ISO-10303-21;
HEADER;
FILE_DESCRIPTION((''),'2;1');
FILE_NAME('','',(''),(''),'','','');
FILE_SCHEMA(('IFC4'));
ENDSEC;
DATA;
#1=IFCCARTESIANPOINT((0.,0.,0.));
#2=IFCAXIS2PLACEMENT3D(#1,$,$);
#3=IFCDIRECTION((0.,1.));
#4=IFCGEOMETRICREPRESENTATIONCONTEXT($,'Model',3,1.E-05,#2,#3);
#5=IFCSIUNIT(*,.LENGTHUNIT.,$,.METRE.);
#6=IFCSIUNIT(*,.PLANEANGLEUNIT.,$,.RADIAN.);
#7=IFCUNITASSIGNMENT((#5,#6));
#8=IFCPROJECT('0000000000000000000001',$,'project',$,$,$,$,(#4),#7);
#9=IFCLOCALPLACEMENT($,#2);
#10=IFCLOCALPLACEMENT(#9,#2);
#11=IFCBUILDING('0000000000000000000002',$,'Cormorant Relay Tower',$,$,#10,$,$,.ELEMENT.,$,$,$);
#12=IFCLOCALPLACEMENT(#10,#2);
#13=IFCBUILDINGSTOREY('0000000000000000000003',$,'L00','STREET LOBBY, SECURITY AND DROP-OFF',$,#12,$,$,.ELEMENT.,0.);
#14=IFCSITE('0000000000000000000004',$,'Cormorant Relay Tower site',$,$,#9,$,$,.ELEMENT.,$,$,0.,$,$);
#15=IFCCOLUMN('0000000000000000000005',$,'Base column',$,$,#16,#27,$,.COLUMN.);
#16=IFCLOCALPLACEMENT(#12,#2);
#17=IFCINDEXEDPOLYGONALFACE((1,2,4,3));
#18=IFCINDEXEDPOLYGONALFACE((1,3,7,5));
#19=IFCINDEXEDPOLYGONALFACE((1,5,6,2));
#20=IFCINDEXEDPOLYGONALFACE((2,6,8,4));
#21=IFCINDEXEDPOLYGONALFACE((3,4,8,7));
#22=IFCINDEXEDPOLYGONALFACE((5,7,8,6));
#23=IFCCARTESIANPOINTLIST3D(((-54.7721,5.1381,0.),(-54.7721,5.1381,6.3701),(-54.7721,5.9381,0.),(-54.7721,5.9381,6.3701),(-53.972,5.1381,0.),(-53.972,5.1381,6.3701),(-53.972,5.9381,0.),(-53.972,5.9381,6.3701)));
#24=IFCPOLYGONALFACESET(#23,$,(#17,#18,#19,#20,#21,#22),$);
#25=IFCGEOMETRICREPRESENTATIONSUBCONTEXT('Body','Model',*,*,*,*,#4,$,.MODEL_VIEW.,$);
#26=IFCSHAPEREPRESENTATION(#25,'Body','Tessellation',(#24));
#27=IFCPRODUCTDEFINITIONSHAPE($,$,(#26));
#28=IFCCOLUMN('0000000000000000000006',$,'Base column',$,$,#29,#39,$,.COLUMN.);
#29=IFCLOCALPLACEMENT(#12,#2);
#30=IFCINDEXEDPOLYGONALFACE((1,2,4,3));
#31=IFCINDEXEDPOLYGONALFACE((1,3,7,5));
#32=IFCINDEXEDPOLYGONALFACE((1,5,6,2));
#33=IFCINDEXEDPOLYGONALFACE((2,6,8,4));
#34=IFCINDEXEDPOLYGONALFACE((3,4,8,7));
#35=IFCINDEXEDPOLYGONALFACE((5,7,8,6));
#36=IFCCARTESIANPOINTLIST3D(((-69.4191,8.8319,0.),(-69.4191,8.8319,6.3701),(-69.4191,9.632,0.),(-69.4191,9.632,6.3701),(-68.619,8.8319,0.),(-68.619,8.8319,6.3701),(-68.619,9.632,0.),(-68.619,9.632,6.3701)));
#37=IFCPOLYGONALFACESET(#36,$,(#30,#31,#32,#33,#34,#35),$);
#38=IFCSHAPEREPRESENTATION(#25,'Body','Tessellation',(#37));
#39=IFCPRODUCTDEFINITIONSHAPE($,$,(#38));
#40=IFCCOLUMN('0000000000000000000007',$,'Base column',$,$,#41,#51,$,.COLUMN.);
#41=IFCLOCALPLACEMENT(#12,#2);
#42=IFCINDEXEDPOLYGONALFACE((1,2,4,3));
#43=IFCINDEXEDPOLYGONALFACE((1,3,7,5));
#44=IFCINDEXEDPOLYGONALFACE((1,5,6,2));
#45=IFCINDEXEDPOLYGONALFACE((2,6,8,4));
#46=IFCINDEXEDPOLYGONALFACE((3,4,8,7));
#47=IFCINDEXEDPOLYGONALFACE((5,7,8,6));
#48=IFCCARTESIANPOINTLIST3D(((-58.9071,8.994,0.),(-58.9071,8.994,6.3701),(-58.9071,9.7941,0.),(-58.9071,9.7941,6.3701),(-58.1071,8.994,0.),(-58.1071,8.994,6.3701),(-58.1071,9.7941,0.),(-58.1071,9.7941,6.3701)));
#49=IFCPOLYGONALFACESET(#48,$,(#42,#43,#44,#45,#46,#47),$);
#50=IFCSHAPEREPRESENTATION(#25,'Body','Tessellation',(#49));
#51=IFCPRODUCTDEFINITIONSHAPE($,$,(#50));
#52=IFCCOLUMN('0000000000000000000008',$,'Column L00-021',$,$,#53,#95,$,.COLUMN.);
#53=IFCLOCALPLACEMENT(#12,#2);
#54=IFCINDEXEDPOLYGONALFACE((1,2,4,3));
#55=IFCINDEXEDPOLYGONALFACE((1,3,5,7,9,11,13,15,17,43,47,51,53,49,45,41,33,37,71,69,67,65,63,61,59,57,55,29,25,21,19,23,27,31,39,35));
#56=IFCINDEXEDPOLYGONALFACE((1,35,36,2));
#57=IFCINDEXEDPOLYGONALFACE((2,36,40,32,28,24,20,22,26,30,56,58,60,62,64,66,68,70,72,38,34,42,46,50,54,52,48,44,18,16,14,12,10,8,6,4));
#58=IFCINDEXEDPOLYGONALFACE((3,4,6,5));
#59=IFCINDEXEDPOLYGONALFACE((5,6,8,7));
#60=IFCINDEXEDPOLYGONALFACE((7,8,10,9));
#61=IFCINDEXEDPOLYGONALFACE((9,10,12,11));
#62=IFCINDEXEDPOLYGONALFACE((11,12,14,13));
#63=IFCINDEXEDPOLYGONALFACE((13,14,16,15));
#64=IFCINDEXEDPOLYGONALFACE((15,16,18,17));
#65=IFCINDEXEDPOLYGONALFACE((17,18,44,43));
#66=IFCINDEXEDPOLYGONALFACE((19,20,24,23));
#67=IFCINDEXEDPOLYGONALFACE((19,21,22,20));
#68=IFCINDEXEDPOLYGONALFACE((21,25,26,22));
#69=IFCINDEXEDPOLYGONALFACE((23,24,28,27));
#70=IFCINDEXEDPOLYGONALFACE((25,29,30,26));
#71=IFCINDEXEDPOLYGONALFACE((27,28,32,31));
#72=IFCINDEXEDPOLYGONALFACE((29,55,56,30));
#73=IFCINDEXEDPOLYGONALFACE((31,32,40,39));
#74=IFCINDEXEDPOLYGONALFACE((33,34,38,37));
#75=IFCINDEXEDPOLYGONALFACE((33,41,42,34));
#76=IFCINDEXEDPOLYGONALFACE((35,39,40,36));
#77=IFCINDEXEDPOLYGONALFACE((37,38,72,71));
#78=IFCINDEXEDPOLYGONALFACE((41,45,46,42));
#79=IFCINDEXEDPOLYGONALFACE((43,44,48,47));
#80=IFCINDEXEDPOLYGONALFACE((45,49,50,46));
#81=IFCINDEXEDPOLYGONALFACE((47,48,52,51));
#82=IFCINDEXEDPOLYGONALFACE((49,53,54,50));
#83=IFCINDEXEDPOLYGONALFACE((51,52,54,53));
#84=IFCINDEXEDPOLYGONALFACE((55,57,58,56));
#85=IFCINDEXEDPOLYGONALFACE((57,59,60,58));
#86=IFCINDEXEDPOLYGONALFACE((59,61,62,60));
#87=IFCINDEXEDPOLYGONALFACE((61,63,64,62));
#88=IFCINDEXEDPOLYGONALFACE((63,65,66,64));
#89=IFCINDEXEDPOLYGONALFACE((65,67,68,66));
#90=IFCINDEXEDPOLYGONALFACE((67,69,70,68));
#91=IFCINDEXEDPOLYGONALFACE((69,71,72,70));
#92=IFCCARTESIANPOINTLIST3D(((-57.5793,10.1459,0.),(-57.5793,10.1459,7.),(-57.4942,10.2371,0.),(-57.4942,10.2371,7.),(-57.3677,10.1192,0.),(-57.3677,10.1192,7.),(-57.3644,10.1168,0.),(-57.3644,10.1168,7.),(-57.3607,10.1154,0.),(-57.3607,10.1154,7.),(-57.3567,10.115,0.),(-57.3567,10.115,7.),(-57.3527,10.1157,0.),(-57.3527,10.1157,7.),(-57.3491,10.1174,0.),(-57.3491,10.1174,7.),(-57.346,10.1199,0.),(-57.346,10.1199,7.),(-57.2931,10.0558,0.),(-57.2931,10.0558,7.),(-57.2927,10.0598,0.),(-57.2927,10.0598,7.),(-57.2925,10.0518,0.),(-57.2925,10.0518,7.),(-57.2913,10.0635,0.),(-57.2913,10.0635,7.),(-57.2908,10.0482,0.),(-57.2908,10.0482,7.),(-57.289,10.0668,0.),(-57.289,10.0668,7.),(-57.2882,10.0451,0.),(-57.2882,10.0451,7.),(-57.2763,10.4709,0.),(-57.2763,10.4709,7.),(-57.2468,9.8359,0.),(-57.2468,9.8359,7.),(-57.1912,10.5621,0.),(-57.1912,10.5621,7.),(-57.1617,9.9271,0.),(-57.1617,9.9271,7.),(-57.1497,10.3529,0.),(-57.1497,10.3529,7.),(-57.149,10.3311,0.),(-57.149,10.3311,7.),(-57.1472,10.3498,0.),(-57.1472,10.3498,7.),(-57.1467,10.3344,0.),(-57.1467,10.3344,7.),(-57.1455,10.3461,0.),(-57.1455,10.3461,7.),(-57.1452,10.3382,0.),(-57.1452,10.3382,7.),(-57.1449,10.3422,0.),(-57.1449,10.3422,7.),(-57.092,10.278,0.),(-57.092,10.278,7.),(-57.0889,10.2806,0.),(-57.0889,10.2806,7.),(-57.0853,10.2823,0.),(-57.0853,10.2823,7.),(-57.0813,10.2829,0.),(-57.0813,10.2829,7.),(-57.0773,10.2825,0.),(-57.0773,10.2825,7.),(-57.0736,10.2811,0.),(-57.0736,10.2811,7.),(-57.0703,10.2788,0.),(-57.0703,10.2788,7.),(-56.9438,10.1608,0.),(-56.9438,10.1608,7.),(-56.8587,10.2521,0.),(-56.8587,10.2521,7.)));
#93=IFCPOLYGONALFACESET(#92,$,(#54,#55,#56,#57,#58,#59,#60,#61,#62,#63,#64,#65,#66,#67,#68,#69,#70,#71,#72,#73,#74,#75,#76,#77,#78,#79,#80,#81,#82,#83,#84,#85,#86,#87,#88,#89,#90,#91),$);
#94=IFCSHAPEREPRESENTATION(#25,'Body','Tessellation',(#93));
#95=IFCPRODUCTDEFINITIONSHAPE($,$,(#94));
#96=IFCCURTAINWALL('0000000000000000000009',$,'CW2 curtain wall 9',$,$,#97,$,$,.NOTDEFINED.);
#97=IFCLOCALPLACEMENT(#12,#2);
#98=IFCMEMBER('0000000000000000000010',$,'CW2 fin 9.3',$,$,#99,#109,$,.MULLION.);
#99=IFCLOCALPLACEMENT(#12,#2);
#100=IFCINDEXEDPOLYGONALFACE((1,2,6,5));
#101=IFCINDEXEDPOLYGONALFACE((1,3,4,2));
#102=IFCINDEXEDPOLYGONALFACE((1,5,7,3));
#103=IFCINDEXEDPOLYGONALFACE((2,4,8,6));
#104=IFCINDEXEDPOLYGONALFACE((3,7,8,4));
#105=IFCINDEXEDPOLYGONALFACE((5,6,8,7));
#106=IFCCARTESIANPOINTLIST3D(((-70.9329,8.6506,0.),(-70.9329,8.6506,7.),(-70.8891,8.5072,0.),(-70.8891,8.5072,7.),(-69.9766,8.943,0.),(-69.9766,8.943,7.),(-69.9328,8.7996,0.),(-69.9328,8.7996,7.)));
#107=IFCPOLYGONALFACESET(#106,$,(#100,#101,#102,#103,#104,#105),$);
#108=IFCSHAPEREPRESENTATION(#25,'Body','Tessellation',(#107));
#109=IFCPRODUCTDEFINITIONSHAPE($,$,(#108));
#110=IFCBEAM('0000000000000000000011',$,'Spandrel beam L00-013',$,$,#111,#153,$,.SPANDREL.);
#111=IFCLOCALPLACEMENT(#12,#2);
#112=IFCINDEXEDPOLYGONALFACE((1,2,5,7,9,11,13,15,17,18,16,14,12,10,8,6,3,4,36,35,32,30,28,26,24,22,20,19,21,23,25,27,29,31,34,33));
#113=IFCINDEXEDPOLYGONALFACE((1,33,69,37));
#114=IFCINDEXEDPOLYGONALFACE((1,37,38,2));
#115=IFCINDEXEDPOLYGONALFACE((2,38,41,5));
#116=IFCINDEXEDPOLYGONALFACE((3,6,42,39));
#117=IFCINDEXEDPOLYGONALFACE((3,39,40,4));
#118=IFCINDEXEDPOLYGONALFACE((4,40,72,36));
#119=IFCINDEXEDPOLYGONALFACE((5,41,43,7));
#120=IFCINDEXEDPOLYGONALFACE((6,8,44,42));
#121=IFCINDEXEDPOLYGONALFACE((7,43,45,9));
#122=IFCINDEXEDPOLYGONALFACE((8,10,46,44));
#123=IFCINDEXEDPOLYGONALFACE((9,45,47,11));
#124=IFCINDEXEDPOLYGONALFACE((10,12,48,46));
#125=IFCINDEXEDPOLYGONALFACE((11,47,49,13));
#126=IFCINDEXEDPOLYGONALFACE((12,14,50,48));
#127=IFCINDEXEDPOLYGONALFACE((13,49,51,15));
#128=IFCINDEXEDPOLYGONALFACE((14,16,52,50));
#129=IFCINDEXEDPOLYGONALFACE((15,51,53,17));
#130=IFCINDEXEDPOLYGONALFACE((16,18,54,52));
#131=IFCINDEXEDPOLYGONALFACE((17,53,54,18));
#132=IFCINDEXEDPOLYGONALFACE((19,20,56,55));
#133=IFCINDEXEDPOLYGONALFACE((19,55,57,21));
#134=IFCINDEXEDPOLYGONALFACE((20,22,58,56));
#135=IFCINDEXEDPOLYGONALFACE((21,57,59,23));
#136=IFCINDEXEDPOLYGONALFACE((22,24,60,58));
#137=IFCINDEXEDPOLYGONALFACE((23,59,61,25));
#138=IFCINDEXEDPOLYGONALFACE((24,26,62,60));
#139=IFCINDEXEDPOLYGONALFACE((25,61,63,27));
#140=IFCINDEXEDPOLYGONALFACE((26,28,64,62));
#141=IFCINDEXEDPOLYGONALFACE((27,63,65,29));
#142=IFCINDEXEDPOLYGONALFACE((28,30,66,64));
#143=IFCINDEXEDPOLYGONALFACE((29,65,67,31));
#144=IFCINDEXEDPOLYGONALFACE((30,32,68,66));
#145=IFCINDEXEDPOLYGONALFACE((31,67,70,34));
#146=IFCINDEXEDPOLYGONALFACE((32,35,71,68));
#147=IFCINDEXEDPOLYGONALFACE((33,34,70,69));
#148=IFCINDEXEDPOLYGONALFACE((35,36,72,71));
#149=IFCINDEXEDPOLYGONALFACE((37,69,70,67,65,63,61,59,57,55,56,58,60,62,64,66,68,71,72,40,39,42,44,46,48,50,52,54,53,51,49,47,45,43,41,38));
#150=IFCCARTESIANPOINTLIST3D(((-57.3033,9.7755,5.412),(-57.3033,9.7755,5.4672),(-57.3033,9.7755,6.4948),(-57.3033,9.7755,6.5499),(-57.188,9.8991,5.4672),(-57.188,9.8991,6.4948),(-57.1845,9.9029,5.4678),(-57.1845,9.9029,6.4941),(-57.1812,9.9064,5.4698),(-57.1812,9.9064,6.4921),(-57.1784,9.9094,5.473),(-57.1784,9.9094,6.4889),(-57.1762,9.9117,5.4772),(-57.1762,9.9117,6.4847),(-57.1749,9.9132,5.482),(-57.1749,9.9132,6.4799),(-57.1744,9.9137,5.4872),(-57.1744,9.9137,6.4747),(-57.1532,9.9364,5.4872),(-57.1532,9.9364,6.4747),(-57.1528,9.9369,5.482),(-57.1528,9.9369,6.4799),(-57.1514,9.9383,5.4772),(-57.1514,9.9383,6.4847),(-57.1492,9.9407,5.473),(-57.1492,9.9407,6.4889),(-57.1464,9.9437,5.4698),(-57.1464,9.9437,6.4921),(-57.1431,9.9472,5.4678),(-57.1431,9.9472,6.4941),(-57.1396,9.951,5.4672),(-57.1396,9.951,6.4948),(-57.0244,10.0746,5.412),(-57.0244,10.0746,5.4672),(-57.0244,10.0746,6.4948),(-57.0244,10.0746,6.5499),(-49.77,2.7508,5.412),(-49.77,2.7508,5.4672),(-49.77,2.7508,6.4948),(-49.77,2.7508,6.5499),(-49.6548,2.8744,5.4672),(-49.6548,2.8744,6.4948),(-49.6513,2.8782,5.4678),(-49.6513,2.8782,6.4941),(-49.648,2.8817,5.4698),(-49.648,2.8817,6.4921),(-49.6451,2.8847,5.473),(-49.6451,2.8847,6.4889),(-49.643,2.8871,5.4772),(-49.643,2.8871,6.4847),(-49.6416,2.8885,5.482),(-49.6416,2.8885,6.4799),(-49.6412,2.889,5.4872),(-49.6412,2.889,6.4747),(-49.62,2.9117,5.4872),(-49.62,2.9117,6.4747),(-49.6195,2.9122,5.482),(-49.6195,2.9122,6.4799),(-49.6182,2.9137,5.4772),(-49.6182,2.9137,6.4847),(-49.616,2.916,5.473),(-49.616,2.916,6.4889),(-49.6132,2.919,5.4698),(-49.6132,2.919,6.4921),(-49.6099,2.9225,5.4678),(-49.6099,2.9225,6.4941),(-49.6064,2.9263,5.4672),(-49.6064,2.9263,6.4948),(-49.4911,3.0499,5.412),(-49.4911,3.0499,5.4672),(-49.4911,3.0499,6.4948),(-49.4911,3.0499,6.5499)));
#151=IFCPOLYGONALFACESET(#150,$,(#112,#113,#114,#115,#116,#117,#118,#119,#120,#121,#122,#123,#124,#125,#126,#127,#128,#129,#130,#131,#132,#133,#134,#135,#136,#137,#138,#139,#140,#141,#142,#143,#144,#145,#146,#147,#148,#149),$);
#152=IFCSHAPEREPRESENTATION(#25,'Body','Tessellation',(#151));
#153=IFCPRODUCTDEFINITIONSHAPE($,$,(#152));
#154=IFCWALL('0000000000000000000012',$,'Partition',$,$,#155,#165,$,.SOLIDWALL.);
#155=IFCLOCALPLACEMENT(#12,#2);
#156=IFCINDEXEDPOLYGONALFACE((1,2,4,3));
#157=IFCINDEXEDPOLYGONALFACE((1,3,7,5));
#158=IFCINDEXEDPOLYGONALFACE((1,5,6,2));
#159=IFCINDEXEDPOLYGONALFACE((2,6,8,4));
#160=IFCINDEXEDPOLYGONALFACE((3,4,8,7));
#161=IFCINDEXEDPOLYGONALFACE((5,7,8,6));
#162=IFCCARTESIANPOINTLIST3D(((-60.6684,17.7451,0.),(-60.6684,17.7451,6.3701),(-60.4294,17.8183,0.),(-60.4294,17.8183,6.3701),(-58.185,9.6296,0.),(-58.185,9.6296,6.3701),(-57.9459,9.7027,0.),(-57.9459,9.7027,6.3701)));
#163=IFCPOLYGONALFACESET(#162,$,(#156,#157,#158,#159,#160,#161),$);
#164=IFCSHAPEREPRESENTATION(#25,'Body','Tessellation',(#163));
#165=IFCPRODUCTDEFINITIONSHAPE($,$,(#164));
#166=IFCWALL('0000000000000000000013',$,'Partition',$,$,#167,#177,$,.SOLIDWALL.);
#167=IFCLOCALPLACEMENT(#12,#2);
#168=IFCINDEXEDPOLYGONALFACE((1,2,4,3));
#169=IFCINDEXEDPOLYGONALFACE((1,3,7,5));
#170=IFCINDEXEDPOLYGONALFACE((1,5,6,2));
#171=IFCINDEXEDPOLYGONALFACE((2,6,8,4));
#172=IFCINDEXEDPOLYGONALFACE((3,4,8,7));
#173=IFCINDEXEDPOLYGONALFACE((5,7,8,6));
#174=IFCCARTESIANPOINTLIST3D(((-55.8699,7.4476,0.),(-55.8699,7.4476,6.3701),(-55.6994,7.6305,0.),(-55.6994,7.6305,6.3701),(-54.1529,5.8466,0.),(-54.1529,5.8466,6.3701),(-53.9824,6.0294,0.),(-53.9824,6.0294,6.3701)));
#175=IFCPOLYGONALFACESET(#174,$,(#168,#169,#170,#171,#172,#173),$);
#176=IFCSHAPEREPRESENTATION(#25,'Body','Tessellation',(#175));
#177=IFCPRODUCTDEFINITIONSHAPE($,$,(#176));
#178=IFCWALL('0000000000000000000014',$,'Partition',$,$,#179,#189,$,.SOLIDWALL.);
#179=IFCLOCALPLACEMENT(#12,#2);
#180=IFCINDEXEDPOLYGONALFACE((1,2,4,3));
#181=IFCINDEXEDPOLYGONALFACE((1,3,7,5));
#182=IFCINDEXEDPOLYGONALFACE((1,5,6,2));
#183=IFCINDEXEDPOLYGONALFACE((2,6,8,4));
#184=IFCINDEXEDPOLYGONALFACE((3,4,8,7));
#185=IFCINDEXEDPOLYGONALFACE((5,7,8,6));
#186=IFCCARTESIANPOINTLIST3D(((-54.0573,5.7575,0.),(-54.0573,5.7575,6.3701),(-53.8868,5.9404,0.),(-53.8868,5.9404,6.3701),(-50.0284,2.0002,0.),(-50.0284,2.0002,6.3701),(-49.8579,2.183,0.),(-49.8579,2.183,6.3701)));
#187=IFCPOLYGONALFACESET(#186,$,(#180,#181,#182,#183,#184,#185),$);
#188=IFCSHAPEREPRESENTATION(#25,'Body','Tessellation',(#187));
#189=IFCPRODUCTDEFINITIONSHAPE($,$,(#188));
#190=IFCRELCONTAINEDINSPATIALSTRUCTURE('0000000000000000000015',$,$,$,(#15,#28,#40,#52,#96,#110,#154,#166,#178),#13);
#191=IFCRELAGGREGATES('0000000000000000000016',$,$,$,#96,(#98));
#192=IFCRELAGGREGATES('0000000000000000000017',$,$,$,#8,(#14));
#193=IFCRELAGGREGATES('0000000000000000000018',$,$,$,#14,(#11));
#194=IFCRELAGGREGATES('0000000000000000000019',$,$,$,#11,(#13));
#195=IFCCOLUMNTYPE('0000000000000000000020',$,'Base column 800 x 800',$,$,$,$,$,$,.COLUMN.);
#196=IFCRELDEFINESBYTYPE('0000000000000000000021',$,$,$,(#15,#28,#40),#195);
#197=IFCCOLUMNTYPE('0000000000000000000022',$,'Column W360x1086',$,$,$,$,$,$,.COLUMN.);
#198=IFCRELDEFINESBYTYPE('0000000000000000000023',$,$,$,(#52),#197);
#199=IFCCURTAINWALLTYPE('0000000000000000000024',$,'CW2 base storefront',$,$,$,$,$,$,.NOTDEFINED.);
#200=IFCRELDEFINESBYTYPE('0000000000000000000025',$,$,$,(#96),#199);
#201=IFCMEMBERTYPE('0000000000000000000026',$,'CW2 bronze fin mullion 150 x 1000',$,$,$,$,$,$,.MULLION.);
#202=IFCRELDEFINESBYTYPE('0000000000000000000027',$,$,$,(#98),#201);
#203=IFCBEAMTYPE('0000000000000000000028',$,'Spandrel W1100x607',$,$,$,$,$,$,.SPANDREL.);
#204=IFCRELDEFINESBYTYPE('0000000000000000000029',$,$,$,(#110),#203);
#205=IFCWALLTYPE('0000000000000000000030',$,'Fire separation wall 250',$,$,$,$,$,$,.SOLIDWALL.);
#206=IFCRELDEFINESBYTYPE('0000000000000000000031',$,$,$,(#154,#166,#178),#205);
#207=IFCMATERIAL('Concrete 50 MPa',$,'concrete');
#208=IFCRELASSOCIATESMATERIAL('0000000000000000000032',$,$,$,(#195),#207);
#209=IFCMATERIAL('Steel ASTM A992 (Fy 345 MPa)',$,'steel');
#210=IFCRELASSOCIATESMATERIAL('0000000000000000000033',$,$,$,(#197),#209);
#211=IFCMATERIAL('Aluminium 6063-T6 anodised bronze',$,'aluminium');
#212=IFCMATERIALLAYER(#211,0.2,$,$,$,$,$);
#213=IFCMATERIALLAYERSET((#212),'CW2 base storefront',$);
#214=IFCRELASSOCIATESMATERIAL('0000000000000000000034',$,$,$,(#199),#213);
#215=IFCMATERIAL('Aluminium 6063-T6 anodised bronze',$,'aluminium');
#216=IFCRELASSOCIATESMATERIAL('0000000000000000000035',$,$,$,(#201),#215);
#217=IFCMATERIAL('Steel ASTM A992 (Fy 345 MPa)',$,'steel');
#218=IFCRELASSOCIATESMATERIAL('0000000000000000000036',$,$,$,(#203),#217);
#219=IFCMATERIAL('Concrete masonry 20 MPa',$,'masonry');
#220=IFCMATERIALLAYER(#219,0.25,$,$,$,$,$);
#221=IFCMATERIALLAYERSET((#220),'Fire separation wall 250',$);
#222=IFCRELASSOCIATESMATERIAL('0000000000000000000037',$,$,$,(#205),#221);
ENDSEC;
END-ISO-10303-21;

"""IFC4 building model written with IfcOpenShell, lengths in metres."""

from ifc_helpers import new_model, si_unit, direction, frame, frame_2d, origin, origin_2d, place, context, subcontext, project, spatial, rectangle, i_section, extrude, material, layer, layer_set, material_profile, profile_set, type_object, element, aggregate, save


model = new_model("IFC4")

# Units and contexts
model_context = context("Model", 3, precision=1e-05, world=origin(), true_north=direction((0.0, 1.0)))
body_context = subcontext(model_context, "Body", "Model", "MODEL_VIEW")
ifc_project = project(units=[si_unit("LENGTHUNIT", "METRE"), si_unit("PLANEANGLEUNIT", "RADIAN")], contexts=[model_context])

# Site, building, storey
site_placement = place(None, origin())
site = spatial("IfcSite", under=ifc_project, at=site_placement, Name="Cormorant Relay Tower site", CompositionType="ELEMENT", RefElevation=0.0)
building_placement = place(site_placement, origin())
building = spatial("IfcBuilding", under=site, at=building_placement, Name="Cormorant Relay Tower", CompositionType="ELEMENT")
storey_placement = place(building_placement, origin())
storey = spatial("IfcBuildingStorey", under=building, at=storey_placement, Name="L00", Description="STREET LOBBY, SECURITY AND DROP-OFF", CompositionType="ELEMENT", Elevation=0.0)

# Columns
ifc_material_1 = material(Name="Concrete 50 MPa", Category="concrete")
ifc_material_profile_1 = material_profile(ifc_material_1, rectangle(XDim=0.8, YDim=0.8, at=origin_2d()), Name="RC 800x800")
ifc_profile_set_1 = profile_set([ifc_material_profile_1], Name="Concrete 50 MPa")
column_type_1 = type_object("IfcColumnType", Name="Base column 800 x 800", PredefinedType="COLUMN", material=ifc_profile_set_1)
for number, where, z_axis, x_axis, name in (
    (1, (-54.3721, 5.5381, 0.0), (0.0, 0.0, 1.0), (1.0, 0.0, 0.0), "Base column"),
    (2, (-69.019, 9.2319, 0.0), (0.0, 0.0, 1.0), (1.0, 0.0, 0.0), "Base column"),
    (3, (-58.5071, 9.394, 0.0), (0.0, 0.0, 1.0), (1.0, 0.0, 0.0), "Base column"),
):
    element("IfcColumn", number, at=place(storey_placement, frame(where, z_axis=z_axis, x_axis=x_axis)), inside=storey, type_object=column_type_1, Name=name, PredefinedType="COLUMN", context=body_context, shape_type="SweptSolid", body=[
        extrude(rectangle(XDim=0.8, YDim=0.8, at=origin_2d()), origin(), (0.0, 0.0, 1.0), 6.3701),
    ])
ifc_material_2 = material(Name="Steel ASTM A992 (Fy 345 MPa)", Category="steel")
ifc_material_profile_2 = material_profile(ifc_material_2, i_section(OverallWidth=0.4546, OverallDepth=0.5691, WebThickness=0.0779, FlangeThickness=0.1248, FilletRadius=0.0154, at=origin_2d()), Name="W360x1086")
ifc_profile_set_2 = profile_set([ifc_material_profile_2], Name="Steel ASTM A992 (Fy 345 MPa)")
column_type_2 = type_object("IfcColumnType", Name="Column W360x1086", PredefinedType="COLUMN", material=ifc_profile_set_2)
column_placement = place(storey_placement, frame((-57.219, 10.199, 0.0), z_axis=(0.0, 0.0, 1.0), x_axis=(0.731354, -0.681998, 0.0)))
element("IfcColumn", 4, at=column_placement, inside=storey, type_object=column_type_2, Name="Column L00-021", PredefinedType="COLUMN", context=body_context, shape_type="SweptSolid", body=[
    extrude(i_section(OverallWidth=0.4546, OverallDepth=0.5691, WebThickness=0.0779, FlangeThickness=0.1248, FilletRadius=0.0154, at=origin_2d()), origin(), (0.0, 0.0, 1.0), 7.0),
])

# Curtain wall, member
ifc_material_3 = material(Name="Aluminium 6063-T6 anodised bronze", Category="aluminium")
ifc_layer_1 = layer(ifc_material_3, 0.2)
ifc_layer_set_1 = layer_set([ifc_layer_1], Name="CW2 base storefront")
curtain_wall_type = type_object("IfcCurtainWallType", Name="CW2 base storefront", PredefinedType="NOTDEFINED", material=ifc_layer_set_1)
curtain_wall_placement = place(storey_placement, origin())
curtain_wall = element("IfcCurtainWall", 5, at=curtain_wall_placement, inside=storey, type_object=curtain_wall_type, Name="CW2 curtain wall 9", PredefinedType="NOTDEFINED")
ifc_material_4 = material(Name="Aluminium 6063-T6 anodised bronze", Category="aluminium")
ifc_material_profile_3 = material_profile(ifc_material_4, rectangle(XDim=0.1499, YDim=1.0, at=origin_2d()), Name="AL 150x1000")
ifc_profile_set_3 = profile_set([ifc_material_profile_3], Name="Aluminium 6063-T6 anodised bronze")
member_type = type_object("IfcMemberType", Name="CW2 bronze fin mullion 150 x 1000", PredefinedType="MULLION", material=ifc_profile_set_3)
member_placement = place(storey_placement, frame((-70.4329, 8.7251, 0.0), z_axis=(0.0, 0.0, 1.0), x_axis=(0.292372, -0.956305, 0.0)))
member = element("IfcMember", 6, at=member_placement, type_object=member_type, Name="CW2 fin 9.3", PredefinedType="MULLION", context=body_context, shape_type="SweptSolid", body=[
    extrude(rectangle(XDim=0.1499, YDim=1.0, at=origin_2d()), origin(), (0.0, 0.0, 1.0), 7.0),
])
aggregate(curtain_wall, [member])

# Beam
ifc_material_5 = material(Name="Steel ASTM A992 (Fy 345 MPa)", Category="steel")
ifc_material_profile_4 = material_profile(ifc_material_5, i_section(OverallWidth=0.4089, OverallDepth=1.1379, WebThickness=0.031, FlangeThickness=0.0552, FilletRadius=0.02, at=origin_2d()), Name="W1100x607")
ifc_profile_set_4 = profile_set([ifc_material_profile_4], Name="Steel ASTM A992 (Fy 345 MPa)")
beam_type = type_object("IfcBeamType", Name="Spandrel W1100x607", PredefinedType="SPANDREL", material=ifc_profile_set_4)
beam_placement = place(storey_placement, frame((-57.1638, 9.925, 5.981), z_axis=(0.731362, -0.68199, 0.0), x_axis=(0.68199, 0.731362, 0.0)))
element("IfcBeam", 7, at=beam_placement, inside=storey, type_object=beam_type, Name="Spandrel beam L00-013", PredefinedType="SPANDREL", context=body_context, shape_type="SweptSolid", body=[
    extrude(i_section(OverallWidth=0.4089, OverallDepth=1.1379, WebThickness=0.031, FlangeThickness=0.0552, FilletRadius=0.02, at=origin_2d()), origin(), (0.0, 0.0, 1.0), 10.3003),
])

# Walls
ifc_material_6 = material(Name="Concrete masonry 20 MPa", Category="masonry")
ifc_layer_2 = layer(ifc_material_6, 0.25)
ifc_layer_set_2 = layer_set([ifc_layer_2], Name="Fire separation wall 250")
wall_type_1 = type_object("IfcWallType", Name="Fire separation wall 250", PredefinedType="SOLIDWALL", material=ifc_layer_set_2)
wall_1_placement = place(storey_placement, frame((-58.0654, 9.666, 0.0), z_axis=(0.0, 0.0, 1.0), x_axis=(-0.292614, 0.956231, 0.0)))
element("IfcWall", 8, at=wall_1_placement, inside=storey, type_object=wall_type_1, Name="Partition", PredefinedType="SOLIDWALL", context=body_context, shape_type="SweptSolid", body=[
    extrude(rectangle(XDim=8.4871, YDim=0.25, at=frame_2d((4.2437, 0.0))), origin(), (0.0, 0.0, 1.0), 6.3701),
])
wall_2_placement = place(storey_placement, frame((-55.7847, 7.5391, 0.0), z_axis=(0.0, 0.0, 1.0), x_axis=(0.731373, -0.681977, 0.0)))
element("IfcWall", 9, at=wall_2_placement, inside=storey, type_object=wall_type_1, Name="Partition", PredefinedType="SOLIDWALL", context=body_context, shape_type="SweptSolid", body=[
    extrude(rectangle(XDim=2.3477, YDim=0.25, at=frame_2d((1.1738, 0.0))), origin(), (0.0, 0.0, 1.0), 6.3701),
])
wall_3_placement = place(storey_placement, frame((-53.9719, 5.8489, 0.0), z_axis=(0.0, 0.0, 1.0), x_axis=(0.731318, -0.682037, 0.0)))
element("IfcWall", 10, at=wall_3_placement, inside=storey, type_object=wall_type_1, Name="Partition", PredefinedType="SOLIDWALL", context=body_context, shape_type="SweptSolid", body=[
    extrude(rectangle(XDim=5.509, YDim=0.25, at=frame_2d((2.7544, 0.0))), origin(), (0.0, 0.0, 1.0), 6.3701),
])

save(model, "model.ifc")
